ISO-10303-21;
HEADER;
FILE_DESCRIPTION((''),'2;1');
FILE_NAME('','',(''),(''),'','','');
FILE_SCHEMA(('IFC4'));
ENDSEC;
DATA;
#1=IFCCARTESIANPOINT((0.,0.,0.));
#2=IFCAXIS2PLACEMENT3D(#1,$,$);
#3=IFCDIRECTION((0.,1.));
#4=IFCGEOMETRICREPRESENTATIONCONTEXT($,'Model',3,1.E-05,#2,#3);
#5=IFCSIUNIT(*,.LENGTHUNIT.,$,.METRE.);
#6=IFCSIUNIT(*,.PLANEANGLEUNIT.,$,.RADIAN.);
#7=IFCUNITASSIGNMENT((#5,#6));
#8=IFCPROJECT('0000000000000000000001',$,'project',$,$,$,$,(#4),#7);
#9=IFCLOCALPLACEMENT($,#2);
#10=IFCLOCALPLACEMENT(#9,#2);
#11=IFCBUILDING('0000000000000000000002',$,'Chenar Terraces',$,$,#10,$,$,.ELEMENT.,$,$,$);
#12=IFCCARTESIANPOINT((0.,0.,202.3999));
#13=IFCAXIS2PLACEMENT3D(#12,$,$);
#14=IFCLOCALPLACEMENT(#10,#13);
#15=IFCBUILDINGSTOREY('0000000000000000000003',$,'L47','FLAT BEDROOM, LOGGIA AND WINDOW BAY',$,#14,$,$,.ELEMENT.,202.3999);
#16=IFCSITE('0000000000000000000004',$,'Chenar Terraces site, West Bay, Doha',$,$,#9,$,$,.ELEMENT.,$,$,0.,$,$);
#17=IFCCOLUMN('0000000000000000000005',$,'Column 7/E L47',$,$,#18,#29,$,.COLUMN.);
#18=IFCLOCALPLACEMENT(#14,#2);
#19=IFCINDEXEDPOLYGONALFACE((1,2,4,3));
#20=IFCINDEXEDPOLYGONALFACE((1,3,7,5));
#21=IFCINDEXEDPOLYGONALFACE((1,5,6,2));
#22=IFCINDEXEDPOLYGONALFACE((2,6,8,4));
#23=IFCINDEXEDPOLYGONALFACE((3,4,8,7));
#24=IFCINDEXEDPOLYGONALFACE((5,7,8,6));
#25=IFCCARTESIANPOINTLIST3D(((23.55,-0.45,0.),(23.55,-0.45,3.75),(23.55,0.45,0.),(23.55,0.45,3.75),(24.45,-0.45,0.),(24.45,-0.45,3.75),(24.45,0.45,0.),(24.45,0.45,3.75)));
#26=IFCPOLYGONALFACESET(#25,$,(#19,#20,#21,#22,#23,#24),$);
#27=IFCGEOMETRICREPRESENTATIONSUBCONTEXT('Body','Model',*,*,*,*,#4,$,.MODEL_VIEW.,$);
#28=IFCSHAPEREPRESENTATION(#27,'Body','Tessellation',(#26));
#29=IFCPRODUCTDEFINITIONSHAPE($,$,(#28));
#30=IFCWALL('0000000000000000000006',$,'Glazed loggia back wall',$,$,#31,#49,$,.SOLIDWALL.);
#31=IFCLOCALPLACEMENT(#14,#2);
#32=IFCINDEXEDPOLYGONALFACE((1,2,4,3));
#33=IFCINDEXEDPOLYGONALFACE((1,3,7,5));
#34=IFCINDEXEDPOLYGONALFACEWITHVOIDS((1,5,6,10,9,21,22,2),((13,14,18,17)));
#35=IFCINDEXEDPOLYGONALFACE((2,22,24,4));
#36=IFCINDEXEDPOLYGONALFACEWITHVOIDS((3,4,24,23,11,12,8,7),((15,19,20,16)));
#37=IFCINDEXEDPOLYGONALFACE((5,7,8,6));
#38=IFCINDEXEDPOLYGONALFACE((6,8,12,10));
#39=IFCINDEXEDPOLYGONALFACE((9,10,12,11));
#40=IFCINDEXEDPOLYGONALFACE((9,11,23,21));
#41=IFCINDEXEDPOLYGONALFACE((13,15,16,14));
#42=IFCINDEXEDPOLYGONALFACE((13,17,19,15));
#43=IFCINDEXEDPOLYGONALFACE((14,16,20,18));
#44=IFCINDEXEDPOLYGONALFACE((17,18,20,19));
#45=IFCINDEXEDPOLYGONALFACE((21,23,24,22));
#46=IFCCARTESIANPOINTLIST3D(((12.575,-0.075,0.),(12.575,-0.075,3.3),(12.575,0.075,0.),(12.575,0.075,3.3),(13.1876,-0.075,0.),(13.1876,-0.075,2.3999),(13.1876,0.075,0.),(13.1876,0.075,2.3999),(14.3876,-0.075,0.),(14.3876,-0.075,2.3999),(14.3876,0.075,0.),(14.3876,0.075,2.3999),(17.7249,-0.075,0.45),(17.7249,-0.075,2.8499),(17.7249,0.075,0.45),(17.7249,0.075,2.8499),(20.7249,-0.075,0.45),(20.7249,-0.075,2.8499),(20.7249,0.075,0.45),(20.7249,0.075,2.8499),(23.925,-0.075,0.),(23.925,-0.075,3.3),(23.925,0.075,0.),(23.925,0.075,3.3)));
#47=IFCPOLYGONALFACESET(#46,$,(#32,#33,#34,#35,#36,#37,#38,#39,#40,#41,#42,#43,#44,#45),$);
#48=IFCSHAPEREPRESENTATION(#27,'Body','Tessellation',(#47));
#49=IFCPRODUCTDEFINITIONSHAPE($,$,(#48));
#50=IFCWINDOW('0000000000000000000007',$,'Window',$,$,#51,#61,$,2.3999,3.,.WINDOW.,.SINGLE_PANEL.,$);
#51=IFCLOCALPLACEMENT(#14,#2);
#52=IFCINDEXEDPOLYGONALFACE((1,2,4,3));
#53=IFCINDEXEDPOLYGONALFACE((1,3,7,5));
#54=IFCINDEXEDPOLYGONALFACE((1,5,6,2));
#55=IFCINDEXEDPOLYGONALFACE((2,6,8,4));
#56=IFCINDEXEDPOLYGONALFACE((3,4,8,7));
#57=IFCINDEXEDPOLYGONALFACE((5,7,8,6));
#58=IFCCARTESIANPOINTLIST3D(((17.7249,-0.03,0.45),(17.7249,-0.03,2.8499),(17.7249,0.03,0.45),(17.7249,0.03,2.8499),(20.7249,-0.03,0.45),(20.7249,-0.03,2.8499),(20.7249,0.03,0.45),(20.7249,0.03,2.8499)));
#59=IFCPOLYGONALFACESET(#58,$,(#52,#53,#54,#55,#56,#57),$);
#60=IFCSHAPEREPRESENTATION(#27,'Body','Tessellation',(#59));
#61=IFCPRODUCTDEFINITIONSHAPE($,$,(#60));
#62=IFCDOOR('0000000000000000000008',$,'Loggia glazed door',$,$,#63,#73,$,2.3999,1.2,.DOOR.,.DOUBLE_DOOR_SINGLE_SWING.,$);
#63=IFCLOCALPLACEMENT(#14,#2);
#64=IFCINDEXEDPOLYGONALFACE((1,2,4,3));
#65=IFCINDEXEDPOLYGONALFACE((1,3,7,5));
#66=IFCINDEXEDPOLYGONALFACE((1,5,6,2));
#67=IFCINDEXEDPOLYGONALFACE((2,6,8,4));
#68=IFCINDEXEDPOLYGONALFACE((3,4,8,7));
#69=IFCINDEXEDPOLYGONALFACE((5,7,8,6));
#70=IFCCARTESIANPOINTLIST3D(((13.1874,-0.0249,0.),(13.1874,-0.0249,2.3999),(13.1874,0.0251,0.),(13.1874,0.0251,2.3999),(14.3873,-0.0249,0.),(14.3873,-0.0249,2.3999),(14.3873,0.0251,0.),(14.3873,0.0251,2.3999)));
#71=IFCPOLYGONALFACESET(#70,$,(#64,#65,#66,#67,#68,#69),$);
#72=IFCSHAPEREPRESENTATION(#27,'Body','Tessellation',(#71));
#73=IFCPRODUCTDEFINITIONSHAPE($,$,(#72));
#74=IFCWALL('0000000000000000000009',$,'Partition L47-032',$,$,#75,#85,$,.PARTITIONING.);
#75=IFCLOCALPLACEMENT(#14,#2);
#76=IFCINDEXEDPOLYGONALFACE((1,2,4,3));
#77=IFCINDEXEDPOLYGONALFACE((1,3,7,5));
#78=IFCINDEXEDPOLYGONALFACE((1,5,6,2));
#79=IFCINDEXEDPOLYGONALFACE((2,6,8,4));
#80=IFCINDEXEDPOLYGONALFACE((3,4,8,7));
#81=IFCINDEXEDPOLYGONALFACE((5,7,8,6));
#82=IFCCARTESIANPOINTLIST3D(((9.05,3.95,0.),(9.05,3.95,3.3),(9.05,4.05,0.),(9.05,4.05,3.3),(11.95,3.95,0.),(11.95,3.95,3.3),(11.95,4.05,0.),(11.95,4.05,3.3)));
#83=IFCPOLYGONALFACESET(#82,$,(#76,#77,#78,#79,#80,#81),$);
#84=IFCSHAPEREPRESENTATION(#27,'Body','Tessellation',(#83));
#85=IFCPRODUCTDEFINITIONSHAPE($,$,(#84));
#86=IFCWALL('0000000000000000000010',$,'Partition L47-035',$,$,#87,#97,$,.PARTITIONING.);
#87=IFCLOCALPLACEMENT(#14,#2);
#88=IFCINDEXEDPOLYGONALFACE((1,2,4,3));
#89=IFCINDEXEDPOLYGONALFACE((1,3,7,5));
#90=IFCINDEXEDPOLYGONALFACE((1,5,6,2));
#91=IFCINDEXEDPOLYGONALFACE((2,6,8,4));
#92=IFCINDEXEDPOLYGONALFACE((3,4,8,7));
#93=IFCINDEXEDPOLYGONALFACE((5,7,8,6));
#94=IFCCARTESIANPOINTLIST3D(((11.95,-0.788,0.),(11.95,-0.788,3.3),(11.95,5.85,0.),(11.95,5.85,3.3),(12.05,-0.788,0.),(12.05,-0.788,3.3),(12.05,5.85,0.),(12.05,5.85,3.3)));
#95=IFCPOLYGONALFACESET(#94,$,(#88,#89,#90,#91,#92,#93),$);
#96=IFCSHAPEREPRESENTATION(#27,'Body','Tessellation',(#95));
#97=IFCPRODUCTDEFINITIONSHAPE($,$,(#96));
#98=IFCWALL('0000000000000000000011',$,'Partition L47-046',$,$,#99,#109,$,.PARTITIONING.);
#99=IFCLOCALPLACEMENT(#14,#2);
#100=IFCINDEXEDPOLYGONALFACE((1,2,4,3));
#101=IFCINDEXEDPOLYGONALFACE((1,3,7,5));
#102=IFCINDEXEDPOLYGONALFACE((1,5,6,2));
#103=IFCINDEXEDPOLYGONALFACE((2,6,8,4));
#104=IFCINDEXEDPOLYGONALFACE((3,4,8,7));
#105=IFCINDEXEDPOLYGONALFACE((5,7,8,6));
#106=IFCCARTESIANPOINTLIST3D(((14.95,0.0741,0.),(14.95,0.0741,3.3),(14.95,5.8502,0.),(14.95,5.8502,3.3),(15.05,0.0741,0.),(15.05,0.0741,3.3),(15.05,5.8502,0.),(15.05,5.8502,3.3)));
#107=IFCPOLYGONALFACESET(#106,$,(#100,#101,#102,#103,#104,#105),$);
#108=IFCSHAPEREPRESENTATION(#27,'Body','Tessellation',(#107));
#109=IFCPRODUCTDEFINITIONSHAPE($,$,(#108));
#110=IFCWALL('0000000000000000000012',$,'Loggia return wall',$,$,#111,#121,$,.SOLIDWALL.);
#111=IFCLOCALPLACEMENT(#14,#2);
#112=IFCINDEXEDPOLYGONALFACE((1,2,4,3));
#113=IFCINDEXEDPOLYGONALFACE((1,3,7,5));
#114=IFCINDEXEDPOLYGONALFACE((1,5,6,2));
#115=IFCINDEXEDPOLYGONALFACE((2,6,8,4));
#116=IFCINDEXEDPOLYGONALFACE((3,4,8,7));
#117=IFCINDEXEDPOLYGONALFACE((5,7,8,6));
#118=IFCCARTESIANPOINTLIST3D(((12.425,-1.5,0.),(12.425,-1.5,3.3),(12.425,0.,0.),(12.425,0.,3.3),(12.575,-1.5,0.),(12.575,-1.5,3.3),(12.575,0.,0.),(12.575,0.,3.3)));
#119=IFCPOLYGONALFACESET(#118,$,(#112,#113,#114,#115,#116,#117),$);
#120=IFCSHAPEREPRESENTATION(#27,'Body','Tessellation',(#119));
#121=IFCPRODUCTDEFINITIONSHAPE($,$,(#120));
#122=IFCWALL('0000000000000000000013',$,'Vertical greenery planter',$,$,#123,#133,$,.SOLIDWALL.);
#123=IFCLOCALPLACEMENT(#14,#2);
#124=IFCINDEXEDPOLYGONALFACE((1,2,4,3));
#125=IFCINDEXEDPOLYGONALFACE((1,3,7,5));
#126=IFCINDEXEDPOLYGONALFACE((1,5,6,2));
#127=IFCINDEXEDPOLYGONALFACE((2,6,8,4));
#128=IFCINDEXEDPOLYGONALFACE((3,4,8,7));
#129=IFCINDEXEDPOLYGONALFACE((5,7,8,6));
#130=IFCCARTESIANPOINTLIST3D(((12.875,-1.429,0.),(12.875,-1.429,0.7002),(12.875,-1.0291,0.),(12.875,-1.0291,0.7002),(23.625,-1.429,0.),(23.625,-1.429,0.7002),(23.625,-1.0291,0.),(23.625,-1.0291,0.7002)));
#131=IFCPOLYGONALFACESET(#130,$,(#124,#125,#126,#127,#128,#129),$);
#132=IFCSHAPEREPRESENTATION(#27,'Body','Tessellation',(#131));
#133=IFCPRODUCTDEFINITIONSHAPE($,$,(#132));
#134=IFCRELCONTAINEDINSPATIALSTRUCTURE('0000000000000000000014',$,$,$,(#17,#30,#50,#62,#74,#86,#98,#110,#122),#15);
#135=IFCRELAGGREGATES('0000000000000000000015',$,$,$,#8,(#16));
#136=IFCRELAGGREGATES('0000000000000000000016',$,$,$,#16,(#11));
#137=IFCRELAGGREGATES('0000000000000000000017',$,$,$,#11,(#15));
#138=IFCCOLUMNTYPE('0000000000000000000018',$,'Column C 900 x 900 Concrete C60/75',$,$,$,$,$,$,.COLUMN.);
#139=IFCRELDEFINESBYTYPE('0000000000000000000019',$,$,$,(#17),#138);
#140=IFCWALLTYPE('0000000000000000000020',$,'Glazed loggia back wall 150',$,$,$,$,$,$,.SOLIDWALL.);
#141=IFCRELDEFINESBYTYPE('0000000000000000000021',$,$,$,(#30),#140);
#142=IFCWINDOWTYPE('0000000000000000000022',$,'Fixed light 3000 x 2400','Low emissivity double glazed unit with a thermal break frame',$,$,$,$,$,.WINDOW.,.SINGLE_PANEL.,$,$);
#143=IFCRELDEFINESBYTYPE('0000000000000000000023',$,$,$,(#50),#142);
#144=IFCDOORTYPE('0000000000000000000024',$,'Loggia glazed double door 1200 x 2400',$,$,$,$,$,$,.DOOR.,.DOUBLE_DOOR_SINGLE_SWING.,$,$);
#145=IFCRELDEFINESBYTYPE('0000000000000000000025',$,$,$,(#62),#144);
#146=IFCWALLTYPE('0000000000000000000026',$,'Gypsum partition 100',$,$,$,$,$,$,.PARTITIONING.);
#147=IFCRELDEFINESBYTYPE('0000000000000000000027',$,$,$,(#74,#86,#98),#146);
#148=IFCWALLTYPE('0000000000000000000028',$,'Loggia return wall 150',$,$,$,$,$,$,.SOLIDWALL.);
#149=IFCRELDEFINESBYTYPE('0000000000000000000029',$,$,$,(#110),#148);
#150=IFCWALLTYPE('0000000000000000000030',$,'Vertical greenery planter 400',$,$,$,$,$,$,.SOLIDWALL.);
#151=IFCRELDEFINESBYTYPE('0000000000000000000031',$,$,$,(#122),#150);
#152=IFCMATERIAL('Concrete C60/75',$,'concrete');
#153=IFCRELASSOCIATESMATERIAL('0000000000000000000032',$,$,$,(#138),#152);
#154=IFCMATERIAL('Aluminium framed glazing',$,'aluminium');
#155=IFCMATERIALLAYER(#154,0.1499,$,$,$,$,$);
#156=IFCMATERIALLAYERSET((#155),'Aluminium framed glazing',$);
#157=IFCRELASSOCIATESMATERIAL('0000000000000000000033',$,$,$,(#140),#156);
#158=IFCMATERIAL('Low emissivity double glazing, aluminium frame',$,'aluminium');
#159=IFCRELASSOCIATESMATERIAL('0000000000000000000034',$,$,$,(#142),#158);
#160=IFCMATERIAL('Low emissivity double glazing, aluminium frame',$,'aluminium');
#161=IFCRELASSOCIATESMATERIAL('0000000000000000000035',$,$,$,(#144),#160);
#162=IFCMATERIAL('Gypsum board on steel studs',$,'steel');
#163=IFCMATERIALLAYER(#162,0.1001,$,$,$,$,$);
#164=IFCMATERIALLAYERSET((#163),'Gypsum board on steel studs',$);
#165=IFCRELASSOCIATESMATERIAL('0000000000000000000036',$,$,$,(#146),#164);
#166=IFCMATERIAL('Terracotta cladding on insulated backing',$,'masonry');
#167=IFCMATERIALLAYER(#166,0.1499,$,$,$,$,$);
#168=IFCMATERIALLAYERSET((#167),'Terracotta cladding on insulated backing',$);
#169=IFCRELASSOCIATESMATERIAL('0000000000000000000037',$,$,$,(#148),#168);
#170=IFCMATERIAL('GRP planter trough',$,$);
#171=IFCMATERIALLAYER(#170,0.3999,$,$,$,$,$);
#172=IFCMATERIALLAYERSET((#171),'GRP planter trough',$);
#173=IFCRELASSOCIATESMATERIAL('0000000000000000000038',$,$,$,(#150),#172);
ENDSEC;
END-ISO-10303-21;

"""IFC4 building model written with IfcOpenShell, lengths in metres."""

from ifc_helpers import new_model, si_unit, direction, frame, frame_2d, origin, origin_2d, place, context, subcontext, project, spatial, rectangle, extrude, material, layer, layer_set, material_profile, profile_set, type_object, element, fill, save


model = new_model("IFC4")

# Units and contexts
model_context = context("Model", 3, precision=1e-05, world=origin(), true_north=direction((0.0, 1.0)))
body_context = subcontext(model_context, "Body", "Model", "MODEL_VIEW")
ifc_project = project(units=[si_unit("LENGTHUNIT", "METRE"), si_unit("PLANEANGLEUNIT", "RADIAN")], contexts=[model_context])

# Site, building, storey
site_placement = place(None, origin())
site = spatial("IfcSite", under=ifc_project, at=site_placement, Name="Chenar Terraces site, West Bay, Doha", CompositionType="ELEMENT", RefElevation=0.0)
building_placement = place(site_placement, origin())
building = spatial("IfcBuilding", under=site, at=building_placement, Name="Chenar Terraces", CompositionType="ELEMENT")
storey_placement = place(building_placement, frame((0.0, 0.0, 202.3999)))
storey = spatial("IfcBuildingStorey", under=building, at=storey_placement, Name="L47", Description="FLAT BEDROOM, LOGGIA AND WINDOW BAY", CompositionType="ELEMENT", Elevation=202.3999)

# Column
ifc_material_1 = material(Name="Concrete C60/75", Category="concrete")
ifc_material_profile = material_profile(ifc_material_1, rectangle(XDim=0.8999, YDim=0.8999, at=origin_2d()), Name="C 900 x 900")
ifc_profile_set = profile_set([ifc_material_profile], Name="Concrete C60/75")
column_type = type_object("IfcColumnType", Name="Column C 900 x 900 Concrete C60/75", PredefinedType="COLUMN", material=ifc_profile_set)
column_placement = place(storey_placement, frame((24.0, 0.0, 0.0), z_axis=(0.0, 0.0, 1.0), x_axis=(1.0, 0.0, 0.0)))
element("IfcColumn", 1, at=column_placement, inside=storey, type_object=column_type, Name="Column 7/E L47", PredefinedType="COLUMN", context=body_context, shape_type="SweptSolid", body=[
    extrude(rectangle(XDim=0.8999, YDim=0.8999, at=origin_2d()), origin(), (0.0, 0.0, 1.0), 3.75),
])

# Wall, openings, window, door
ifc_material_2 = material(Name="Aluminium framed glazing", Category="aluminium")
ifc_layer_1 = layer(ifc_material_2, 0.1499)
ifc_layer_set_1 = layer_set([ifc_layer_1], Name="Aluminium framed glazing")
wall_type_1 = type_object("IfcWallType", Name="Glazed loggia back wall 150", PredefinedType="SOLIDWALL", material=ifc_layer_set_1)
wall_1_placement = place(storey_placement, frame((12.575, 0.0, 0.0), z_axis=(0.0, 0.0, 1.0), x_axis=(1.0, 0.0, 0.0)))
wall_1 = element("IfcWall", 2, at=wall_1_placement, inside=storey, type_object=wall_type_1, Name="Glazed loggia back wall", PredefinedType="SOLIDWALL", context=body_context, shape_type="SweptSolid", body=[
    extrude(rectangle(XDim=11.3501, YDim=0.1499, at=frame_2d((5.675, 0.0))), origin(), (0.0, 0.0, 1.0), 3.3),
])
opening_1_placement = place(wall_1_placement, frame((0.6125, 0.0, 0.0)))
opening_1 = element("IfcOpeningElement", 3, at=opening_1_placement, cuts=wall_1, PredefinedType="OPENING", context=body_context, shape_type="SweptSolid", body=[
    extrude(rectangle(XDim=1.2, YDim=2.3999, at=frame_2d((0.6001, 1.2))), frame((0.0, 0.085, 0.0), z_axis=(0.0, -1.0, 0.0), x_axis=(1.0, 0.0, 0.0)), (0.0, 0.0, 1.0), 0.1699),
])
opening_2_placement = place(wall_1_placement, frame((5.1499, 0.0, 0.45)))
opening_2 = element("IfcOpeningElement", 4, at=opening_2_placement, cuts=wall_1, PredefinedType="OPENING", context=body_context, shape_type="SweptSolid", body=[
    extrude(rectangle(XDim=3.0, YDim=2.3999, at=frame_2d((1.5, 1.2))), frame((0.0, 0.085, 0.0), z_axis=(0.0, -1.0, 0.0), x_axis=(1.0, 0.0, 0.0)), (0.0, 0.0, 1.0), 0.1699),
])
ifc_material_3 = material(Name="Low emissivity double glazing, aluminium frame", Category="aluminium")
window_type = type_object("IfcWindowType", Name="Fixed light 3000 x 2400", Description="Low emissivity double glazed unit with a thermal break frame", PartitioningType="SINGLE_PANEL", PredefinedType="WINDOW", material=ifc_material_3)
window_placement = place(opening_2_placement, origin())
window = element("IfcWindow", 5, at=window_placement, inside=storey, type_object=window_type, Name="Window", OverallHeight=2.3999, OverallWidth=3.0, PartitioningType="SINGLE_PANEL", PredefinedType="WINDOW", context=body_context, shape_type="SweptSolid", body=[
    extrude(rectangle(XDim=3.0, YDim=2.3999, at=frame_2d((1.5, 1.2))), frame((0.0, 0.03, 0.0), z_axis=(0.0, -1.0, 0.0), x_axis=(1.0, 0.0, 0.0)), (0.0, 0.0, 1.0), 0.0601),
])
fill(opening_2, window)
ifc_material_4 = material(Name="Low emissivity double glazing, aluminium frame", Category="aluminium")
door_type = type_object("IfcDoorType", Name="Loggia glazed double door 1200 x 2400", OperationType="DOUBLE_DOOR_SINGLE_SWING", PredefinedType="DOOR", material=ifc_material_4)
door_placement = place(opening_1_placement, frame((1.2, 0.0, 0.0), z_axis=(0.0, 0.0, 1.0), x_axis=(-1.0, 0.0, 0.0)))
door = element("IfcDoor", 6, at=door_placement, inside=storey, type_object=door_type, Name="Loggia glazed door", OperationType="DOUBLE_DOOR_SINGLE_SWING", OverallHeight=2.3999, OverallWidth=1.2, PredefinedType="DOOR", context=body_context, shape_type="SweptSolid", body=[
    extrude(rectangle(XDim=1.2, YDim=2.3999, at=frame_2d((0.6001, 1.2))), frame((0.0, 0.0249, 0.0), z_axis=(0.0, -1.0, 0.0), x_axis=(1.0, 0.0, 0.0)), (0.0, 0.0, 1.0), 0.05),
])
fill(opening_1, door)

# Walls
ifc_material_5 = material(Name="Gypsum board on steel studs", Category="steel")
ifc_layer_2 = layer(ifc_material_5, 0.1001)
ifc_layer_set_2 = layer_set([ifc_layer_2], Name="Gypsum board on steel studs")
wall_type_2 = type_object("IfcWallType", Name="Gypsum partition 100", PredefinedType="PARTITIONING", material=ifc_layer_set_2)
wall_2_placement = place(storey_placement, frame((9.05, 4.0, 0.0), z_axis=(0.0, 0.0, 1.0), x_axis=(1.0, 0.0, 0.0)))
element("IfcWall", 7, at=wall_2_placement, inside=storey, type_object=wall_type_2, Name="Partition L47-032", PredefinedType="PARTITIONING", context=body_context, shape_type="SweptSolid", body=[
    extrude(rectangle(XDim=2.8999, YDim=0.1001, at=frame_2d((1.45, 0.0))), origin(), (0.0, 0.0, 1.0), 3.3),
])
wall_3_placement = place(storey_placement, frame((12.0, -0.7878, 0.0), z_axis=(0.0, 0.0, 1.0), x_axis=(0.0, 1.0, 0.0)))
element("IfcWall", 8, at=wall_3_placement, inside=storey, type_object=wall_type_2, Name="Partition L47-035", PredefinedType="PARTITIONING", context=body_context, shape_type="SweptSolid", body=[
    extrude(rectangle(XDim=6.6379, YDim=0.1001, at=frame_2d((3.3188, 0.0))), origin(), (0.0, 0.0, 1.0), 3.3),
])
wall_4_placement = place(storey_placement, frame((15.0, 0.074, 0.0), z_axis=(0.0, 0.0, 1.0), x_axis=(0.0, 1.0, 0.0)))
element("IfcWall", 9, at=wall_4_placement, inside=storey, type_object=wall_type_2, Name="Partition L47-046", PredefinedType="PARTITIONING", context=body_context, shape_type="SweptSolid", body=[
    extrude(rectangle(XDim=5.7761, YDim=0.1001, at=frame_2d((2.8882, 0.0))), origin(), (0.0, 0.0, 1.0), 3.3),
])
ifc_material_6 = material(Name="Terracotta cladding on insulated backing", Category="masonry")
ifc_layer_3 = layer(ifc_material_6, 0.1499)
ifc_layer_set_3 = layer_set([ifc_layer_3], Name="Terracotta cladding on insulated backing")
wall_type_3 = type_object("IfcWallType", Name="Loggia return wall 150", PredefinedType="SOLIDWALL", material=ifc_layer_set_3)
wall_5_placement = place(storey_placement, frame((12.5, -1.5, 0.0), z_axis=(0.0, 0.0, 1.0), x_axis=(0.0, 1.0, 0.0)))
element("IfcWall", 10, at=wall_5_placement, inside=storey, type_object=wall_type_3, Name="Loggia return wall", PredefinedType="SOLIDWALL", context=body_context, shape_type="SweptSolid", body=[
    extrude(rectangle(XDim=1.5, YDim=0.1499, at=frame_2d((0.75, 0.0))), origin(), (0.0, 0.0, 1.0), 3.3),
])
ifc_material_7 = material(Name="GRP planter trough")
ifc_layer_4 = layer(ifc_material_7, 0.3999)
ifc_layer_set_4 = layer_set([ifc_layer_4], Name="GRP planter trough")
wall_type_4 = type_object("IfcWallType", Name="Vertical greenery planter 400", PredefinedType="SOLIDWALL", material=ifc_layer_set_4)
wall_6_placement = place(storey_placement, frame((12.875, -1.229, 0.0), z_axis=(0.0, 0.0, 1.0), x_axis=(1.0, 0.0, 0.0)))
element("IfcWall", 11, at=wall_6_placement, inside=storey, type_object=wall_type_4, Name="Vertical greenery planter", PredefinedType="SOLIDWALL", context=body_context, shape_type="SweptSolid", body=[
    extrude(rectangle(XDim=10.75, YDim=0.3999, at=frame_2d((5.375, 0.0))), origin(), (0.0, 0.0, 1.0), 0.7002),
])

save(model, "model.ifc")
